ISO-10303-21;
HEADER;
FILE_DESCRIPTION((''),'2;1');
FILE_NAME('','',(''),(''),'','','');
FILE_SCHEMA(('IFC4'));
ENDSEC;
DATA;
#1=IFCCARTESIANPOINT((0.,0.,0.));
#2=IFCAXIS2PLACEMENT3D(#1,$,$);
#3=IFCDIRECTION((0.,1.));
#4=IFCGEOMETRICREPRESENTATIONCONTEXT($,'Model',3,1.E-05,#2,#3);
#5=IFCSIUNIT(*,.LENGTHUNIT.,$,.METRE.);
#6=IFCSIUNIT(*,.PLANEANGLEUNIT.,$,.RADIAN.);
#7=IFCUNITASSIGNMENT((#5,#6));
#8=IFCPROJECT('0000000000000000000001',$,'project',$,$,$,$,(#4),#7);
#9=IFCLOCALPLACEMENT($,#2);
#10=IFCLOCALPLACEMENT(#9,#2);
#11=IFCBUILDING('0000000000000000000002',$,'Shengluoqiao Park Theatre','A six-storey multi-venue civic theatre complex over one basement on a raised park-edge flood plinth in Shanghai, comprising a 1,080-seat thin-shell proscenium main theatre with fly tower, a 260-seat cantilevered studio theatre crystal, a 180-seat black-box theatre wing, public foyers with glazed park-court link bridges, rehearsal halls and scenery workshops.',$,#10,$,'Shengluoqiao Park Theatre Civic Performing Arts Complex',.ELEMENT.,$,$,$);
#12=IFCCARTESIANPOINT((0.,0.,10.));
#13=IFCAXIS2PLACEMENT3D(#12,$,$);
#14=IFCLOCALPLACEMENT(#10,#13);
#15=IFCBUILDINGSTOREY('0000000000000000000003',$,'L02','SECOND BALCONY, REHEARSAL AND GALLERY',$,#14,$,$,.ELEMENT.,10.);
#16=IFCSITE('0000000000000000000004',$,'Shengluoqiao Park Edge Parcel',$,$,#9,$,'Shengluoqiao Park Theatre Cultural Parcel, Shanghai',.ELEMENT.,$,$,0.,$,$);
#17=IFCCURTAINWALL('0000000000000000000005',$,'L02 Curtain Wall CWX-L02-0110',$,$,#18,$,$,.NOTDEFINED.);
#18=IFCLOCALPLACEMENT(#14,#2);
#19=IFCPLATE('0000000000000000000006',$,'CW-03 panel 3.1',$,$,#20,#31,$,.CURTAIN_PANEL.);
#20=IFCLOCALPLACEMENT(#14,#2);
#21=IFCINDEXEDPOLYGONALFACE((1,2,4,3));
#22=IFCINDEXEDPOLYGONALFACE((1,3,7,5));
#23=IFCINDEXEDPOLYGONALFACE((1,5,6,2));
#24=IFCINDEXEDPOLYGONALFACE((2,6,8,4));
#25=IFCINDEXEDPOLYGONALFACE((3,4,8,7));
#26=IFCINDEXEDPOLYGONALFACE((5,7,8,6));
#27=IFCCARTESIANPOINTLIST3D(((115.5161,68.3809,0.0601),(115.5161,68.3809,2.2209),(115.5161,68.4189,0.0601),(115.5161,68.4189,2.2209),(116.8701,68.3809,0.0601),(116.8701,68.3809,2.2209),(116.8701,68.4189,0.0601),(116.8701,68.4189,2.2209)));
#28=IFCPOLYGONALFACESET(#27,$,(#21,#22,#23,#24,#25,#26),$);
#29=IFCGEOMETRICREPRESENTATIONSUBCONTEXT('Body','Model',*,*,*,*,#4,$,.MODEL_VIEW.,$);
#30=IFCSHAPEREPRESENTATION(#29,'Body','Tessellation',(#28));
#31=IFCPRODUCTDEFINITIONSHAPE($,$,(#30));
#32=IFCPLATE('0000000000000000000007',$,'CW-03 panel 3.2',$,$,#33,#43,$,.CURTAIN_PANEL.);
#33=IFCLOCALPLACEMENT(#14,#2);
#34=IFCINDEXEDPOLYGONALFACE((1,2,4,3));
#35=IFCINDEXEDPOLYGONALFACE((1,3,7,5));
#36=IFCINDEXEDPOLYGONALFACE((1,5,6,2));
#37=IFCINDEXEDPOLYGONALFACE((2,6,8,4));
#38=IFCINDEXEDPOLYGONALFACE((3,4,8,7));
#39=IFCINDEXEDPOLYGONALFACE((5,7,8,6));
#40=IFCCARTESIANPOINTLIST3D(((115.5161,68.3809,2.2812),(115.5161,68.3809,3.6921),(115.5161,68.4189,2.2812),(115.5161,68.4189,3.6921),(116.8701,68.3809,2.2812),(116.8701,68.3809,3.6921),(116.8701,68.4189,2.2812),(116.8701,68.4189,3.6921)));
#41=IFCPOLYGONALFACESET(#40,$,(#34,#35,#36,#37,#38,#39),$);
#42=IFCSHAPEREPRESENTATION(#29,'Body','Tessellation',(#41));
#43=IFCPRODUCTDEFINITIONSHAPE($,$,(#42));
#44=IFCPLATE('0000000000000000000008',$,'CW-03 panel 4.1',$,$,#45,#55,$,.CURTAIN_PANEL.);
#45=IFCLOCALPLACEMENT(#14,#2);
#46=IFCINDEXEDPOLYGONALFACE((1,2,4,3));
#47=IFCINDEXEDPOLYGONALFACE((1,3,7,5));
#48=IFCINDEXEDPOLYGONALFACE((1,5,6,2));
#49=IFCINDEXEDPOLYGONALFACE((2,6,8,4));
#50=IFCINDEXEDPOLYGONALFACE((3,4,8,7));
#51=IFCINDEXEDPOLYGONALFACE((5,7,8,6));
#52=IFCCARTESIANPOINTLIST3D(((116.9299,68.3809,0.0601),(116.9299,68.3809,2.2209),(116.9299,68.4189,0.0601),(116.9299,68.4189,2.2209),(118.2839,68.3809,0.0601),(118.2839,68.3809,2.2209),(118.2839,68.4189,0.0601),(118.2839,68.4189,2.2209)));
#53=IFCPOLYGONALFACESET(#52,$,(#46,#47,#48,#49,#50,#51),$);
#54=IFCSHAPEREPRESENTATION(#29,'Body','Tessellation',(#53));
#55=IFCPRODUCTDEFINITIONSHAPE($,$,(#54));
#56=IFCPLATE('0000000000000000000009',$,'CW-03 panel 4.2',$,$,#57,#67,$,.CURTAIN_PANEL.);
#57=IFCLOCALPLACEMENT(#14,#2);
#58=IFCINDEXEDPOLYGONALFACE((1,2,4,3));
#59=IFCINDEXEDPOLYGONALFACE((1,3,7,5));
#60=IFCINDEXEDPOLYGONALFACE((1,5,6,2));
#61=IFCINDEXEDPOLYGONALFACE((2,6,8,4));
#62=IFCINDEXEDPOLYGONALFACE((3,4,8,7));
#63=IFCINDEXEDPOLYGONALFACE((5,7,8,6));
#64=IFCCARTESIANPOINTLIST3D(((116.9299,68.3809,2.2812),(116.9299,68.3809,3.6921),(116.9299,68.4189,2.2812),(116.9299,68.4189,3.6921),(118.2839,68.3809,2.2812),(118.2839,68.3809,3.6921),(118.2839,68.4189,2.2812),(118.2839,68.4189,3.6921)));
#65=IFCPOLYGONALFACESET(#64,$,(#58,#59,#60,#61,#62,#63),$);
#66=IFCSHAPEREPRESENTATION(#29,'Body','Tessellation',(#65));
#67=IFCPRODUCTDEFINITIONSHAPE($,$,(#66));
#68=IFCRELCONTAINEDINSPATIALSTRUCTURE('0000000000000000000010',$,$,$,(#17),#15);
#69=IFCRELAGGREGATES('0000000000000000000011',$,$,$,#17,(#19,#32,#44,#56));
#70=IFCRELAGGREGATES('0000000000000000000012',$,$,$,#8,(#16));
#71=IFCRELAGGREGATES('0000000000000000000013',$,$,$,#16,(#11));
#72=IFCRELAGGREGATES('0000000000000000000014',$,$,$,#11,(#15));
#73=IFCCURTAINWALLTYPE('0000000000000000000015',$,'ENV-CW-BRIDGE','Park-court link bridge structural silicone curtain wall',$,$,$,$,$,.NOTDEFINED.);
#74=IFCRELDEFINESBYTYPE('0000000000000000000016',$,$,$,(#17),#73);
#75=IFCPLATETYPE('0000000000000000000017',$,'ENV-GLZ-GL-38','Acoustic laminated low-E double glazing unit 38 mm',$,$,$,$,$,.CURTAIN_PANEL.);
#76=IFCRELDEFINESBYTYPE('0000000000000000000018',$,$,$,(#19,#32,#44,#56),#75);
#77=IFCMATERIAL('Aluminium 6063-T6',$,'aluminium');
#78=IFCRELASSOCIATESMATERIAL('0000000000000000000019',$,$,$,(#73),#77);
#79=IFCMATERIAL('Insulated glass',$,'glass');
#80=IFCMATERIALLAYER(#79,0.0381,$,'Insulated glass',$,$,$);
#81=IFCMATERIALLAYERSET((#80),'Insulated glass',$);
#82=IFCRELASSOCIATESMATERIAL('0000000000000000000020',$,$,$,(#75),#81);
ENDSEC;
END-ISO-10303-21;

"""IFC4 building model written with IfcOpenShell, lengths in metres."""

from ifc_helpers import new_model, si_unit, direction, frame, origin, origin_2d, place, context, subcontext, project, spatial, rectangle, extrude, material, layer, layer_set, type_object, element, aggregate, save


model = new_model("IFC4")

# Units and contexts
model_context = context("Model", 3, precision=1e-05, world=origin(), true_north=direction((0.0, 1.0)))
body_context = subcontext(model_context, "Body", "Model", "MODEL_VIEW")
ifc_project = project(units=[si_unit("LENGTHUNIT", "METRE"), si_unit("PLANEANGLEUNIT", "RADIAN")], contexts=[model_context])

# Site, building, storey
site_placement = place(None, origin())
site = spatial("IfcSite", under=ifc_project, at=site_placement, Name="Shengluoqiao Park Edge Parcel", LongName="Shengluoqiao Park Theatre Cultural Parcel, Shanghai", CompositionType="ELEMENT", RefElevation=0.0)
building_placement = place(site_placement, origin())
building = spatial("IfcBuilding", under=site, at=building_placement, Name="Shengluoqiao Park Theatre", Description="A six-storey multi-venue civic theatre complex over one basement on a raised park-edge flood plinth in Shanghai, comprising a 1,080-seat thin-shell proscenium main theatre with fly tower, a 260-seat cantilevered studio theatre crystal, a 180-seat black-box theatre wing, public foyers with glazed park-court link bridges, rehearsal halls and scenery workshops.", LongName="Shengluoqiao Park Theatre Civic Performing Arts Complex", CompositionType="ELEMENT")
storey_placement = place(building_placement, frame((0.0, 0.0, 10.0)))
storey = spatial("IfcBuildingStorey", under=building, at=storey_placement, Name="L02", Description="SECOND BALCONY, REHEARSAL AND GALLERY", CompositionType="ELEMENT", Elevation=10.0)

# Curtain wall
ifc_material_1 = material(Name="Aluminium 6063-T6", Category="aluminium")
curtain_wall_type = type_object("IfcCurtainWallType", Name="ENV-CW-BRIDGE", Description="Park-court link bridge structural silicone curtain wall", PredefinedType="NOTDEFINED", material=ifc_material_1)
curtain_wall_placement = place(storey_placement, origin())
curtain_wall = element("IfcCurtainWall", 1, at=curtain_wall_placement, inside=storey, type_object=curtain_wall_type, Name="L02 Curtain Wall CWX-L02-0110", PredefinedType="NOTDEFINED")

# Plates
ifc_material_2 = material(Name="Insulated glass", Category="glass")
ifc_layer = layer(ifc_material_2, 0.0381, Name="Insulated glass")
ifc_layer_set = layer_set([ifc_layer], Name="Insulated glass")
plate_type = type_object("IfcPlateType", Name="ENV-GLZ-GL-38", Description="Acoustic laminated low-E double glazing unit 38 mm", PredefinedType="CURTAIN_PANEL", material=ifc_layer_set)
plate_1_placement = place(storey_placement, frame((116.1931, 68.3999, 0.0601), z_axis=(0.0, 0.0, 1.0), x_axis=(1.0, 0.0, 0.0)))
plate_1 = element("IfcPlate", 2, at=plate_1_placement, type_object=plate_type, Name="CW-03 panel 3.1", PredefinedType="CURTAIN_PANEL", context=body_context, shape_type="SweptSolid", body=[
    extrude(rectangle(XDim=1.354, YDim=0.0381, at=origin_2d()), origin(), (0.0, 0.0, 1.0), 2.1609),
])
plate_2_placement = place(storey_placement, frame((116.1931, 68.3999, 2.2812), z_axis=(0.0, 0.0, 1.0), x_axis=(1.0, 0.0, 0.0)))
plate_2 = element("IfcPlate", 3, at=plate_2_placement, type_object=plate_type, Name="CW-03 panel 3.2", PredefinedType="CURTAIN_PANEL", context=body_context, shape_type="SweptSolid", body=[
    extrude(rectangle(XDim=1.354, YDim=0.0381, at=origin_2d()), origin(), (0.0, 0.0, 1.0), 1.4109),
])
plate_3_placement = place(storey_placement, frame((117.6069, 68.3999, 0.0601), z_axis=(0.0, 0.0, 1.0), x_axis=(1.0, 0.0, 0.0)))
plate_3 = element("IfcPlate", 4, at=plate_3_placement, type_object=plate_type, Name="CW-03 panel 4.1", PredefinedType="CURTAIN_PANEL", context=body_context, shape_type="SweptSolid", body=[
    extrude(rectangle(XDim=1.354, YDim=0.0381, at=origin_2d()), origin(), (0.0, 0.0, 1.0), 2.1609),
])
plate_4_placement = place(storey_placement, frame((117.6069, 68.3999, 2.2812), z_axis=(0.0, 0.0, 1.0), x_axis=(1.0, 0.0, 0.0)))
plate_4 = element("IfcPlate", 5, at=plate_4_placement, type_object=plate_type, Name="CW-03 panel 4.2", PredefinedType="CURTAIN_PANEL", context=body_context, shape_type="SweptSolid", body=[
    extrude(rectangle(XDim=1.354, YDim=0.0381, at=origin_2d()), origin(), (0.0, 0.0, 1.0), 1.4109),
])
aggregate(curtain_wall, [plate_1, plate_2, plate_3, plate_4])

save(model, "model.ifc")
